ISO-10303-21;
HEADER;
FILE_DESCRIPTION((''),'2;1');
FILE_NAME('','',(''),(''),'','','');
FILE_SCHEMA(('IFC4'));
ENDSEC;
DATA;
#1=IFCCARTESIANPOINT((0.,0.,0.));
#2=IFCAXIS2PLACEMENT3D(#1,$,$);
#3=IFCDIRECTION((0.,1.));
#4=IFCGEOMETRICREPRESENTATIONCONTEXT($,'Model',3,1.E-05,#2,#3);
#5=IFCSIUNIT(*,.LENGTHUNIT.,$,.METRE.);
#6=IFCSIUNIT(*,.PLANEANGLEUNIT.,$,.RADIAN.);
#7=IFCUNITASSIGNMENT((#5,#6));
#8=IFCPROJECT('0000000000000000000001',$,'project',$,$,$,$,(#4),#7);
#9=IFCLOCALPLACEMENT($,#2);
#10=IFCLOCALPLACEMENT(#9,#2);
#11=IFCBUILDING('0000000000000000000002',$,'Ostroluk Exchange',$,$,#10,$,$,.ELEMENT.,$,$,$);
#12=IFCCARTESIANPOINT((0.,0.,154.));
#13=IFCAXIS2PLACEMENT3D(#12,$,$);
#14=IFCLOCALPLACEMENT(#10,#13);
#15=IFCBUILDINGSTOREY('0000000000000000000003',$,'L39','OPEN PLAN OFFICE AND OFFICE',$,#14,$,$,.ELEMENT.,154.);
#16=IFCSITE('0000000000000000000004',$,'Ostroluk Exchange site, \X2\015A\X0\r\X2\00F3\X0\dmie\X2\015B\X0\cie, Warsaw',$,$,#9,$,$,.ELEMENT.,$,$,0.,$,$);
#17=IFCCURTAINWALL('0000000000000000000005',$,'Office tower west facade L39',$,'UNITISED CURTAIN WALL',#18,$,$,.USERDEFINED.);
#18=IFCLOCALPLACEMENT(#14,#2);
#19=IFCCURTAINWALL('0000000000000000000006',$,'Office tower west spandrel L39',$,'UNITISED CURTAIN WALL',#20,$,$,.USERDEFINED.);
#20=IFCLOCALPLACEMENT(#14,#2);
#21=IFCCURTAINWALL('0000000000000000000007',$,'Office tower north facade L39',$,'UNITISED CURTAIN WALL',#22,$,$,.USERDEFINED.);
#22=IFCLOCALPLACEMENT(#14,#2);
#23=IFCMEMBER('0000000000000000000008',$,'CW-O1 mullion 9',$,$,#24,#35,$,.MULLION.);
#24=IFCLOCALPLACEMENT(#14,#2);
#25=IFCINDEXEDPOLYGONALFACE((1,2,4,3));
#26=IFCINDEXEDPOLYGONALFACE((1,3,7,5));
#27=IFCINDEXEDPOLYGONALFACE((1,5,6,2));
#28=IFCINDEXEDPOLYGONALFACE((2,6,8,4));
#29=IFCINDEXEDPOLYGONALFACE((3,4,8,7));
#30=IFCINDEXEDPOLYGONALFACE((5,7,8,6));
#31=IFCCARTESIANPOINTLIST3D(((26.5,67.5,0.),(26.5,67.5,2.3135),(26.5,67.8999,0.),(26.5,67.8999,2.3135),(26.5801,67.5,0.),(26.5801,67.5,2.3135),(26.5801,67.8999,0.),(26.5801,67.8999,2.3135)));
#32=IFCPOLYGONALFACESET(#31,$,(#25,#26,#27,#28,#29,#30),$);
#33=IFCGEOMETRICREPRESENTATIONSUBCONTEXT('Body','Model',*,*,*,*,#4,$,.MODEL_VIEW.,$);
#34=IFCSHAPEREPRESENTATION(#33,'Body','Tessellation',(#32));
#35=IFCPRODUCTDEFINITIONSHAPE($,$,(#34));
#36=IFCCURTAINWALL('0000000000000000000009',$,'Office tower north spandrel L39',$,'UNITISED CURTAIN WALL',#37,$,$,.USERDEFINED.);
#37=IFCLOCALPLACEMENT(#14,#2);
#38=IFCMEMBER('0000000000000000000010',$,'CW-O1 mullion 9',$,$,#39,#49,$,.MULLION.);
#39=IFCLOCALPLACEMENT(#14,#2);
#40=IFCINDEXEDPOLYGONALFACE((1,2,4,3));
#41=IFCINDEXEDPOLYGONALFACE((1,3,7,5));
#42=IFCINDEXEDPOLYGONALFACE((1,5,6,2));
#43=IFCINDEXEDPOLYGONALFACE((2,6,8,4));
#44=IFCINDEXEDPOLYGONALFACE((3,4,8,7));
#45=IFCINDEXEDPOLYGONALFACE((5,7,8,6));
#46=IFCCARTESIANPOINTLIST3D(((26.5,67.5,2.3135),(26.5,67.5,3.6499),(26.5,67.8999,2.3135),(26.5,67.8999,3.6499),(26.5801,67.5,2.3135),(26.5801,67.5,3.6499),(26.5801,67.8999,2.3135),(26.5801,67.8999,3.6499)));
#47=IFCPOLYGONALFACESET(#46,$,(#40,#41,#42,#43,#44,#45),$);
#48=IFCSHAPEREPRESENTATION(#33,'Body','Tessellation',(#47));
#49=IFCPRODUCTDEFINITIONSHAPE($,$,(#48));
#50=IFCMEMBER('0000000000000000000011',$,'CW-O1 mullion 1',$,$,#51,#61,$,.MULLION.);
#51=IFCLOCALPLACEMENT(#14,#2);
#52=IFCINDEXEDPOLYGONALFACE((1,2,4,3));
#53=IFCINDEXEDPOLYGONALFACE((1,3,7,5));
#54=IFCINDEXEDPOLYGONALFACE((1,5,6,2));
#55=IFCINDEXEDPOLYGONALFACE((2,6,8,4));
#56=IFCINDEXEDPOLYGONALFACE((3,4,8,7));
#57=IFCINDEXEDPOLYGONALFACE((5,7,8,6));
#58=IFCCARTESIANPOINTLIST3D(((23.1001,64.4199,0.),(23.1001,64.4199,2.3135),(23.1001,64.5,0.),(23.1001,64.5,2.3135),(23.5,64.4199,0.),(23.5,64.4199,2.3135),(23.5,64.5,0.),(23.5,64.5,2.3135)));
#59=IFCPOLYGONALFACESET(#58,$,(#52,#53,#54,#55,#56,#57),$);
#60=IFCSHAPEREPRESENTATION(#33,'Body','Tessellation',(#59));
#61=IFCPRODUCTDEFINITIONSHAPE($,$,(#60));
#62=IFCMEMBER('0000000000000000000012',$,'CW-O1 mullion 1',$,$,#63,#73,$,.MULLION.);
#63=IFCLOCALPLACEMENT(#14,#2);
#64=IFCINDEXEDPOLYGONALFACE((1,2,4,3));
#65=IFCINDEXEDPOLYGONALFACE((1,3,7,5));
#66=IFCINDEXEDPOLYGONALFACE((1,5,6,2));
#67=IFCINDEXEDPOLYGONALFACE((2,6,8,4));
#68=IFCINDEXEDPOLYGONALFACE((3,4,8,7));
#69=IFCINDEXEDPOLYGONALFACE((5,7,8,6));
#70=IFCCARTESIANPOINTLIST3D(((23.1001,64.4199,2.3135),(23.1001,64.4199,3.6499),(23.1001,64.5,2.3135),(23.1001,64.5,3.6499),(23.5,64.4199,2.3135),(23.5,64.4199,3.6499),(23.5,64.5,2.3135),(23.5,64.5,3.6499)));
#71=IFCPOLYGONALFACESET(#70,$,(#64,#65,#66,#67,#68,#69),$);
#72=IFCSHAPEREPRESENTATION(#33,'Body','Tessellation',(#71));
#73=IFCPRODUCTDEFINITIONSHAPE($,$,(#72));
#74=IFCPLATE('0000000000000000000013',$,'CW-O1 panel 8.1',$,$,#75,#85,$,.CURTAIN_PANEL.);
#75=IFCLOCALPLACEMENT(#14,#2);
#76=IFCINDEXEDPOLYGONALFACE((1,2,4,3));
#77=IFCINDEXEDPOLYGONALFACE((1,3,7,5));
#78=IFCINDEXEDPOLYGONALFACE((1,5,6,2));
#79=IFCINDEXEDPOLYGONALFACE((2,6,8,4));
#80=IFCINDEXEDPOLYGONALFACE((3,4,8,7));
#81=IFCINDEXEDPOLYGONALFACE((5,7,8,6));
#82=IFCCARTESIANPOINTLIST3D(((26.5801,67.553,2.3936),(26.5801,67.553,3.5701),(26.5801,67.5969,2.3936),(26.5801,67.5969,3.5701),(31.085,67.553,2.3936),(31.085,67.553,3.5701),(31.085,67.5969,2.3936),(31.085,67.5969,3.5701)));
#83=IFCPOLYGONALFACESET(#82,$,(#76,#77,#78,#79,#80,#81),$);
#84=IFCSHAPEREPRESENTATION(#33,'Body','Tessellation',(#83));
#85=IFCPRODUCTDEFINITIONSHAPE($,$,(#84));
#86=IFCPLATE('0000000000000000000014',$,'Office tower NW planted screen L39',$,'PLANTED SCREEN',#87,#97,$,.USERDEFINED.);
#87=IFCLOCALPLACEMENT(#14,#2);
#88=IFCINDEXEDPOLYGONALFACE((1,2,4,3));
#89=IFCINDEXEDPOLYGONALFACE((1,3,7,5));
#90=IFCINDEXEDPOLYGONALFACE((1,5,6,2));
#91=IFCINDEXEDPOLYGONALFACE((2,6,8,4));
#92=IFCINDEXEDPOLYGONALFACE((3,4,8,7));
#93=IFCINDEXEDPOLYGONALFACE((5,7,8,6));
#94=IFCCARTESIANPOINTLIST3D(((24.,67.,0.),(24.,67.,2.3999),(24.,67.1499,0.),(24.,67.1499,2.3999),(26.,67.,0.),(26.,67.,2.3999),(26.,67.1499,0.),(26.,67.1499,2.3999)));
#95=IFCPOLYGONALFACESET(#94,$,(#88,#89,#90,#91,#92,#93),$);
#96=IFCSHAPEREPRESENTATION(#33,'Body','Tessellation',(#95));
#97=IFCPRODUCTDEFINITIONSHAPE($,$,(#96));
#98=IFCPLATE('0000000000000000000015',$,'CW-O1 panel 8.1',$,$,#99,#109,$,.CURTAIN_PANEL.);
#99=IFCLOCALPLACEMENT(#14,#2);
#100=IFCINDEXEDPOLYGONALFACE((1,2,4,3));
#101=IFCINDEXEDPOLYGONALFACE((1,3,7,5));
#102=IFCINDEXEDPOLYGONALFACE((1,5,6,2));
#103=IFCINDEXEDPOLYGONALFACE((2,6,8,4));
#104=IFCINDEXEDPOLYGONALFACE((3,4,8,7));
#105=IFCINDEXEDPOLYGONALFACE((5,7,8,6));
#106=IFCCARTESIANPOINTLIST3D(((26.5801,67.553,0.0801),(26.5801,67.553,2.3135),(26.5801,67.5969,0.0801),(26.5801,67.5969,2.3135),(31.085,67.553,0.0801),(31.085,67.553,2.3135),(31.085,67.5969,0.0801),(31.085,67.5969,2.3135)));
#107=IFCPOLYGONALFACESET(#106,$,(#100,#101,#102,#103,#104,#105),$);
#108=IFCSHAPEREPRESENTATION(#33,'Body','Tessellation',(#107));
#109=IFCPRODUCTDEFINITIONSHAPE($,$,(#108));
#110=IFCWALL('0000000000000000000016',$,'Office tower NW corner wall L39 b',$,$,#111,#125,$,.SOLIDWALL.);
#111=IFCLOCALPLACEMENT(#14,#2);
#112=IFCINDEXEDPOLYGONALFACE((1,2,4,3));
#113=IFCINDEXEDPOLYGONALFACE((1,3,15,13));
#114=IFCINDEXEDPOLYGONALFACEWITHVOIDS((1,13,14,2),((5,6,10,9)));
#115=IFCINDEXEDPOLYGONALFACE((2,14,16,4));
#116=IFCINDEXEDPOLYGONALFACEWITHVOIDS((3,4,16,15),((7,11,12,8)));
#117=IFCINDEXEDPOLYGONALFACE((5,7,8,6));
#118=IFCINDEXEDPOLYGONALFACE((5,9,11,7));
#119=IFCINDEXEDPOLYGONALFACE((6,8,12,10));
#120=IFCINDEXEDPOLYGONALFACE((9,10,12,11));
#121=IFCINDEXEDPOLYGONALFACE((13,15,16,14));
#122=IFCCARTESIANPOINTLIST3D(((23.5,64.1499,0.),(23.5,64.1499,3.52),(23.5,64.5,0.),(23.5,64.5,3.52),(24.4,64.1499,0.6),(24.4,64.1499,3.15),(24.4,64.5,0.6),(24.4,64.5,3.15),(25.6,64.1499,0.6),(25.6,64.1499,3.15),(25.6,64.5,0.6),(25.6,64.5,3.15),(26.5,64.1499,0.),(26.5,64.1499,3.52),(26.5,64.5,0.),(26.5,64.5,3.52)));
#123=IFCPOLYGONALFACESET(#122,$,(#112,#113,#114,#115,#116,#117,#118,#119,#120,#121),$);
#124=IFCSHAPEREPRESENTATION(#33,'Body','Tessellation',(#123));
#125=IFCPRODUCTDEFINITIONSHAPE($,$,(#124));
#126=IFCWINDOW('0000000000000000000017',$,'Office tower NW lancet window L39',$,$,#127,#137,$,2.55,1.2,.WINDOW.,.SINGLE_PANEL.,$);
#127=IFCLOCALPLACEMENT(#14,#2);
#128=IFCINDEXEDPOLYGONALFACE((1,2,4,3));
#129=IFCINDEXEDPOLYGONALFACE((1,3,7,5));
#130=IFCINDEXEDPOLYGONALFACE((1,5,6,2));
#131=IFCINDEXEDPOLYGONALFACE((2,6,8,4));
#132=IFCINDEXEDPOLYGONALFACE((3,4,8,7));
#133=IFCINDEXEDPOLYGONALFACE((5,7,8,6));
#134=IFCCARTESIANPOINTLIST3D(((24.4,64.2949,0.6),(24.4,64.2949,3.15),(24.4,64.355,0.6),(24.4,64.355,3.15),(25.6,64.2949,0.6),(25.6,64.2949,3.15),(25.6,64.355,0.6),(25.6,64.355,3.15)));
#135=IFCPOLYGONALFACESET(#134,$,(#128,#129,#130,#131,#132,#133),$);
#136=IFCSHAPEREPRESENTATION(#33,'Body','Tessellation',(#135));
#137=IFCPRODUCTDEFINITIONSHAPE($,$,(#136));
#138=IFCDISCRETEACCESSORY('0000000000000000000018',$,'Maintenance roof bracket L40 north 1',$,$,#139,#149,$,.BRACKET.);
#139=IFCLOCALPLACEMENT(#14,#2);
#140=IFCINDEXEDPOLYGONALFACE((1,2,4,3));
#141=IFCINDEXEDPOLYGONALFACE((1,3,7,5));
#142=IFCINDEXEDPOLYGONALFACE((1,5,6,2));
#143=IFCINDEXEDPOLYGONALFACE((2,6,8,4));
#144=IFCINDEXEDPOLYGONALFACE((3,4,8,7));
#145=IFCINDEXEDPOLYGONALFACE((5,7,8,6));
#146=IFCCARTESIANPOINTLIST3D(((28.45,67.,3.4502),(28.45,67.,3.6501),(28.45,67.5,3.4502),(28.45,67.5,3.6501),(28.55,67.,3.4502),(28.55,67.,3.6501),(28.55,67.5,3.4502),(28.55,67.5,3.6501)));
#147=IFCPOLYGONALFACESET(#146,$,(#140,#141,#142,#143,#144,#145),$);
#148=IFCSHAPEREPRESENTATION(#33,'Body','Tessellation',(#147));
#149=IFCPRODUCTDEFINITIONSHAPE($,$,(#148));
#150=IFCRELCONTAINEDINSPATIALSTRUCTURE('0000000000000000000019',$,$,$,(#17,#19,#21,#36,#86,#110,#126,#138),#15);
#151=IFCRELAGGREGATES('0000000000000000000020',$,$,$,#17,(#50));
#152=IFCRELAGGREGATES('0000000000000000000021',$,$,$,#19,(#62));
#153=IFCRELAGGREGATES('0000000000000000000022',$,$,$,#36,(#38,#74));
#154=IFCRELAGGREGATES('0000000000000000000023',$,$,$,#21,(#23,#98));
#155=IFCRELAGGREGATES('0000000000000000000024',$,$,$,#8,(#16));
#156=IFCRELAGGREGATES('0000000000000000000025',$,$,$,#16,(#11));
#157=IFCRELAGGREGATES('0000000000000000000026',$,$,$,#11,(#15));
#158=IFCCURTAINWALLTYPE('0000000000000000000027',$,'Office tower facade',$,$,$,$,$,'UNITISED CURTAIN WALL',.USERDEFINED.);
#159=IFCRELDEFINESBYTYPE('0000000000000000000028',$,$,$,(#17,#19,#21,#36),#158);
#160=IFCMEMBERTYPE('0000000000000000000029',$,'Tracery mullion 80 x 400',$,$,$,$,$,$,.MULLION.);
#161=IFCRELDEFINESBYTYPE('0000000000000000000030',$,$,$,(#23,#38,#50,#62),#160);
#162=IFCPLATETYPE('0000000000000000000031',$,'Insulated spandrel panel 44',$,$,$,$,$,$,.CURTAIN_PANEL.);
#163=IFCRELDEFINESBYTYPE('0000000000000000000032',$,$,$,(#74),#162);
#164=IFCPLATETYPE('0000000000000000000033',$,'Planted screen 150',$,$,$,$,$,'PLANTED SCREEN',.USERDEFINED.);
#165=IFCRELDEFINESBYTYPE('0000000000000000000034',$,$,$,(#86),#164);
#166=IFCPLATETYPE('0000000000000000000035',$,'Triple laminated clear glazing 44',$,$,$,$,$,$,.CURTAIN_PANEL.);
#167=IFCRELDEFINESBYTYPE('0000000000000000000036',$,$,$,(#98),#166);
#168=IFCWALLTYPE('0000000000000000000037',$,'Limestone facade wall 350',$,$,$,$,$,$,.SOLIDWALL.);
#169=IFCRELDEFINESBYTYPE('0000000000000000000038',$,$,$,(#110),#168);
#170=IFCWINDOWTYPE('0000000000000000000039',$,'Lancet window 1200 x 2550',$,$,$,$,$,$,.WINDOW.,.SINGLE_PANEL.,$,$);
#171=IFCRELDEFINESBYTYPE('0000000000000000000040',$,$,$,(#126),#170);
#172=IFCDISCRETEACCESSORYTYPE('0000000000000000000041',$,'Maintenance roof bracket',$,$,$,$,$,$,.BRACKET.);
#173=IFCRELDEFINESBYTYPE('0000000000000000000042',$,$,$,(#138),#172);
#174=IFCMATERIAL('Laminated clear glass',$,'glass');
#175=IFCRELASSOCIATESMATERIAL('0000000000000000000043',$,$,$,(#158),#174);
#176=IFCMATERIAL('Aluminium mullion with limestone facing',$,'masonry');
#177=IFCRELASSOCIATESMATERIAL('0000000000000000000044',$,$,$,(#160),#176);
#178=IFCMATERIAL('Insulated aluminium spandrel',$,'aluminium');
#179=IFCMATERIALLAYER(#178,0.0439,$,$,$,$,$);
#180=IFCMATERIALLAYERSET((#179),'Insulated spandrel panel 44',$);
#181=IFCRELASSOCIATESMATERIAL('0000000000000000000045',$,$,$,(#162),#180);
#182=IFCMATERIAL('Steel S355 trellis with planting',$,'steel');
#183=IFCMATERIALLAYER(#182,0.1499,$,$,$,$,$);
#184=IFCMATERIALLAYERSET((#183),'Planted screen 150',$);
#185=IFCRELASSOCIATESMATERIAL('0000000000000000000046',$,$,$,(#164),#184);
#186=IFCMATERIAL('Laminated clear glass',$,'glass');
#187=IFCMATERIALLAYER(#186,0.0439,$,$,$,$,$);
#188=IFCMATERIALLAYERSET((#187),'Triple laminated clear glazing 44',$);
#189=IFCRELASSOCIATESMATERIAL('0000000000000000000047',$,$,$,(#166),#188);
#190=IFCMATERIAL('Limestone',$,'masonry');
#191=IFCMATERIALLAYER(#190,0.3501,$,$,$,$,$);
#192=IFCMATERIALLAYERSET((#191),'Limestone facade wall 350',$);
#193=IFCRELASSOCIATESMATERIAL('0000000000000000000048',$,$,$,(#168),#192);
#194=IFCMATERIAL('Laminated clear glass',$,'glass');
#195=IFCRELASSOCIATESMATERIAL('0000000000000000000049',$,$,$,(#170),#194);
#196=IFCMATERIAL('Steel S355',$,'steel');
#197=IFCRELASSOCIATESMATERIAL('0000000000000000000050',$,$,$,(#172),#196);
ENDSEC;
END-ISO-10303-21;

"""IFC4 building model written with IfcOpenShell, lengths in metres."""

from ifc_helpers import new_model, si_unit, direction, frame, frame_2d, origin, origin_2d, place, context, subcontext, project, spatial, rectangle, extrude, material, layer, layer_set, material_profile, profile_set, type_object, element, fill, aggregate, save


model = new_model("IFC4")

# Units and contexts
model_context = context("Model", 3, precision=1e-05, world=origin(), true_north=direction((0.0, 1.0)))
body_context = subcontext(model_context, "Body", "Model", "MODEL_VIEW")
ifc_project = project(units=[si_unit("LENGTHUNIT", "METRE"), si_unit("PLANEANGLEUNIT", "RADIAN")], contexts=[model_context])

# Site, building, storey
site_placement = place(None, origin())
site = spatial("IfcSite", under=ifc_project, at=site_placement, Name="Ostroluk Exchange site, Śródmieście, Warsaw", CompositionType="ELEMENT", RefElevation=0.0)
building_placement = place(site_placement, origin())
building = spatial("IfcBuilding", under=site, at=building_placement, Name="Ostroluk Exchange", CompositionType="ELEMENT")
storey_placement = place(building_placement, frame((0.0, 0.0, 154.0)))
storey = spatial("IfcBuildingStorey", under=building, at=storey_placement, Name="L39", Description="OPEN PLAN OFFICE AND OFFICE", CompositionType="ELEMENT", Elevation=154.0)

# Curtain wall
ifc_material_1 = material(Name="Laminated clear glass", Category="glass")
curtain_wall_type = type_object("IfcCurtainWallType", Name="Office tower facade", ElementType="UNITISED CURTAIN WALL", PredefinedType="USERDEFINED", material=ifc_material_1)
curtain_wall_1_placement = place(storey_placement, origin())
curtain_wall_1 = element("IfcCurtainWall", 1, at=curtain_wall_1_placement, inside=storey, type_object=curtain_wall_type, Name="Office tower west facade L39", ObjectType="UNITISED CURTAIN WALL", PredefinedType="USERDEFINED")

# Curtain wall
curtain_wall_2_placement = place(storey_placement, origin())
curtain_wall_2 = element("IfcCurtainWall", 2, at=curtain_wall_2_placement, inside=storey, type_object=curtain_wall_type, Name="Office tower west spandrel L39", ObjectType="UNITISED CURTAIN WALL", PredefinedType="USERDEFINED")

# Curtain walls, members
curtain_wall_3_placement = place(storey_placement, origin())
curtain_wall_3 = element("IfcCurtainWall", 3, at=curtain_wall_3_placement, inside=storey, type_object=curtain_wall_type, Name="Office tower north facade L39", ObjectType="UNITISED CURTAIN WALL", PredefinedType="USERDEFINED")
ifc_material_2 = material(Name="Aluminium mullion with limestone facing", Category="masonry")
ifc_material_profile_1 = material_profile(ifc_material_2, rectangle(XDim=0.3999, YDim=0.0801, at=origin_2d()), Name="Tracery mullion 80 x 400")
ifc_profile_set_1 = profile_set([ifc_material_profile_1], Name="Aluminium mullion with limestone facing")
member_type_1 = type_object("IfcMemberType", Name="Tracery mullion 80 x 400", PredefinedType="MULLION", material=ifc_profile_set_1)
member_1_placement = place(storey_placement, frame((26.54, 67.7, 0.0), z_axis=(0.0, 0.0, 1.0), x_axis=(0.0, -1.0, 0.0)))
member_1 = element("IfcMember", 4, at=member_1_placement, type_object=member_type_1, Name="CW-O1 mullion 9", PredefinedType="MULLION", context=body_context, shape_type="SweptSolid", body=[
    extrude(rectangle(XDim=0.3999, YDim=0.0801, at=origin_2d()), origin(), (0.0, 0.0, 1.0), 2.3135),
])
curtain_wall_4_placement = place(storey_placement, origin())
curtain_wall_4 = element("IfcCurtainWall", 5, at=curtain_wall_4_placement, inside=storey, type_object=curtain_wall_type, Name="Office tower north spandrel L39", ObjectType="UNITISED CURTAIN WALL", PredefinedType="USERDEFINED")
member_2_placement = place(storey_placement, frame((26.54, 67.7, 2.3135), z_axis=(0.0, 0.0, 1.0), x_axis=(0.0, -1.0, 0.0)))
member_2 = element("IfcMember", 6, at=member_2_placement, type_object=member_type_1, Name="CW-O1 mullion 9", PredefinedType="MULLION", context=body_context, shape_type="SweptSolid", body=[
    extrude(rectangle(XDim=0.3999, YDim=0.0801, at=origin_2d()), origin(), (0.0, 0.0, 1.0), 1.3364),
])

# Members
member_3_placement = place(storey_placement, frame((23.3, 64.46, 0.0), z_axis=(0.0, 0.0, 1.0), x_axis=(1.0, 0.0, 0.0)))
member_3 = element("IfcMember", 7, at=member_3_placement, type_object=member_type_1, Name="CW-O1 mullion 1", PredefinedType="MULLION", context=body_context, shape_type="SweptSolid", body=[
    extrude(rectangle(XDim=0.3999, YDim=0.0801, at=origin_2d()), origin(), (0.0, 0.0, 1.0), 2.3135),
])
aggregate(curtain_wall_1, [member_3])
member_4_placement = place(storey_placement, frame((23.3, 64.46, 2.3135), z_axis=(0.0, 0.0, 1.0), x_axis=(1.0, 0.0, 0.0)))
member_4 = element("IfcMember", 8, at=member_4_placement, type_object=member_type_1, Name="CW-O1 mullion 1", PredefinedType="MULLION", context=body_context, shape_type="SweptSolid", body=[
    extrude(rectangle(XDim=0.3999, YDim=0.0801, at=origin_2d()), origin(), (0.0, 0.0, 1.0), 1.3364),
])
aggregate(curtain_wall_2, [member_4])

# Plates
ifc_material_3 = material(Name="Insulated aluminium spandrel", Category="aluminium")
ifc_layer_1 = layer(ifc_material_3, 0.0439)
ifc_layer_set_1 = layer_set([ifc_layer_1], Name="Insulated spandrel panel 44")
plate_type_1 = type_object("IfcPlateType", Name="Insulated spandrel panel 44", PredefinedType="CURTAIN_PANEL", material=ifc_layer_set_1)
plate_1_placement = place(storey_placement, frame((28.8325, 67.575, 2.3936), z_axis=(0.0, 0.0, 1.0), x_axis=(-1.0, 0.0, 0.0)))
plate_1 = element("IfcPlate", 9, at=plate_1_placement, type_object=plate_type_1, Name="CW-O1 panel 8.1", PredefinedType="CURTAIN_PANEL", context=body_context, shape_type="SweptSolid", body=[
    extrude(rectangle(XDim=4.5049, YDim=0.0439, at=origin_2d()), origin(), (0.0, 0.0, 1.0), 1.1765),
])
aggregate(curtain_wall_4, [member_2, plate_1])
ifc_material_4 = material(Name="Steel S355 trellis with planting", Category="steel")
ifc_layer_2 = layer(ifc_material_4, 0.1499)
ifc_layer_set_2 = layer_set([ifc_layer_2], Name="Planted screen 150")
plate_type_2 = type_object("IfcPlateType", Name="Planted screen 150", ElementType="PLANTED SCREEN", PredefinedType="USERDEFINED", material=ifc_layer_set_2)
plate_2_placement = place(storey_placement, frame((25.0, 67.075, 0.0), z_axis=(0.0, 0.0, 1.0), x_axis=(1.0, 0.0, 0.0)))
element("IfcPlate", 10, at=plate_2_placement, inside=storey, type_object=plate_type_2, Name="Office tower NW planted screen L39", ObjectType="PLANTED SCREEN", PredefinedType="USERDEFINED", context=body_context, shape_type="SweptSolid", body=[
    extrude(rectangle(XDim=2.0, YDim=0.1499, at=origin_2d()), origin(), (0.0, 0.0, 1.0), 2.3999),
])
ifc_material_5 = material(Name="Laminated clear glass", Category="glass")
ifc_layer_3 = layer(ifc_material_5, 0.0439)
ifc_layer_set_3 = layer_set([ifc_layer_3], Name="Triple laminated clear glazing 44")
plate_type_3 = type_object("IfcPlateType", Name="Triple laminated clear glazing 44", PredefinedType="CURTAIN_PANEL", material=ifc_layer_set_3)
plate_3_placement = place(storey_placement, frame((28.8325, 67.575, 0.0801), z_axis=(0.0, 0.0, 1.0), x_axis=(-1.0, 0.0, 0.0)))
plate_3 = element("IfcPlate", 11, at=plate_3_placement, type_object=plate_type_3, Name="CW-O1 panel 8.1", PredefinedType="CURTAIN_PANEL", context=body_context, shape_type="SweptSolid", body=[
    extrude(rectangle(XDim=4.5049, YDim=0.0439, at=origin_2d()), origin(), (0.0, 0.0, 1.0), 2.2334),
])
aggregate(curtain_wall_3, [member_1, plate_3])

# Shared definitions
ifc_material_6 = material(Name="Limestone", Category="masonry")
ifc_layer_4 = layer(ifc_material_6, 0.3501)
ifc_layer_set_4 = layer_set([ifc_layer_4], Name="Limestone facade wall 350")
wall_type = type_object("IfcWallType", Name="Limestone facade wall 350", PredefinedType="SOLIDWALL", material=ifc_layer_set_4)

# Wall, opening, window
wall_1_placement = place(storey_placement, frame((26.5, 64.325, 0.0), z_axis=(0.0, 0.0, 1.0), x_axis=(-1.0, 0.0, 0.0)))
wall_1 = element("IfcWall", 12, at=wall_1_placement, inside=storey, type_object=wall_type, Name="Office tower NW corner wall L39 b", PredefinedType="SOLIDWALL", context=body_context, shape_type="SweptSolid", body=[
    extrude(rectangle(XDim=3.0, YDim=0.3501, at=frame_2d((1.5, 0.0))), origin(), (0.0, 0.0, 1.0), 3.52),
])
opening_1_placement = place(wall_1_placement, frame((0.8999, 0.0, 0.6001)))
opening_1 = element("IfcOpeningElement", 13, at=opening_1_placement, cuts=wall_1, PredefinedType="OPENING", context=body_context, shape_type="SweptSolid", body=[
    extrude(rectangle(XDim=1.2, YDim=2.55, at=frame_2d((0.6001, 1.2749))), frame((0.0, 0.1851, 0.0), z_axis=(0.0, -1.0, 0.0), x_axis=(1.0, 0.0, 0.0)), (0.0, 0.0, 1.0), 0.3701),
])
ifc_material_7 = material(Name="Laminated clear glass", Category="glass")
window_type = type_object("IfcWindowType", Name="Lancet window 1200 x 2550", PartitioningType="SINGLE_PANEL", PredefinedType="WINDOW", material=ifc_material_7)
window_placement = place(opening_1_placement, origin())
window = element("IfcWindow", 14, at=window_placement, inside=storey, type_object=window_type, Name="Office tower NW lancet window L39", OverallHeight=2.55, OverallWidth=1.2, PartitioningType="SINGLE_PANEL", PredefinedType="WINDOW", context=body_context, shape_type="SweptSolid", body=[
    extrude(rectangle(XDim=1.2, YDim=2.55, at=frame_2d((0.6001, 1.2749))), frame((0.0, 0.03, 0.0), z_axis=(0.0, -1.0, 0.0), x_axis=(1.0, 0.0, 0.0)), (0.0, 0.0, 1.0), 0.0601),
])
fill(opening_1, window)

# Discrete accessory
ifc_material_8 = material(Name="Steel S355", Category="steel")
discrete_accessory_type = type_object("IfcDiscreteAccessoryType", Name="Maintenance roof bracket", PredefinedType="BRACKET", material=ifc_material_8)
discrete_accessory_placement = place(storey_placement, frame((28.5, 67.25, 3.4502), z_axis=(0.0, 0.0, 1.0), x_axis=(1.0, 0.0, 0.0)))
element("IfcDiscreteAccessory", 15, at=discrete_accessory_placement, inside=storey, type_object=discrete_accessory_type, Name="Maintenance roof bracket L40 north 1", PredefinedType="BRACKET", context=body_context, shape_type="SweptSolid", body=[
    extrude(rectangle(XDim=0.1001, YDim=0.5, at=origin_2d()), origin(), (0.0, 0.0, 1.0), 0.2),
])

save(model, "model.ifc")
